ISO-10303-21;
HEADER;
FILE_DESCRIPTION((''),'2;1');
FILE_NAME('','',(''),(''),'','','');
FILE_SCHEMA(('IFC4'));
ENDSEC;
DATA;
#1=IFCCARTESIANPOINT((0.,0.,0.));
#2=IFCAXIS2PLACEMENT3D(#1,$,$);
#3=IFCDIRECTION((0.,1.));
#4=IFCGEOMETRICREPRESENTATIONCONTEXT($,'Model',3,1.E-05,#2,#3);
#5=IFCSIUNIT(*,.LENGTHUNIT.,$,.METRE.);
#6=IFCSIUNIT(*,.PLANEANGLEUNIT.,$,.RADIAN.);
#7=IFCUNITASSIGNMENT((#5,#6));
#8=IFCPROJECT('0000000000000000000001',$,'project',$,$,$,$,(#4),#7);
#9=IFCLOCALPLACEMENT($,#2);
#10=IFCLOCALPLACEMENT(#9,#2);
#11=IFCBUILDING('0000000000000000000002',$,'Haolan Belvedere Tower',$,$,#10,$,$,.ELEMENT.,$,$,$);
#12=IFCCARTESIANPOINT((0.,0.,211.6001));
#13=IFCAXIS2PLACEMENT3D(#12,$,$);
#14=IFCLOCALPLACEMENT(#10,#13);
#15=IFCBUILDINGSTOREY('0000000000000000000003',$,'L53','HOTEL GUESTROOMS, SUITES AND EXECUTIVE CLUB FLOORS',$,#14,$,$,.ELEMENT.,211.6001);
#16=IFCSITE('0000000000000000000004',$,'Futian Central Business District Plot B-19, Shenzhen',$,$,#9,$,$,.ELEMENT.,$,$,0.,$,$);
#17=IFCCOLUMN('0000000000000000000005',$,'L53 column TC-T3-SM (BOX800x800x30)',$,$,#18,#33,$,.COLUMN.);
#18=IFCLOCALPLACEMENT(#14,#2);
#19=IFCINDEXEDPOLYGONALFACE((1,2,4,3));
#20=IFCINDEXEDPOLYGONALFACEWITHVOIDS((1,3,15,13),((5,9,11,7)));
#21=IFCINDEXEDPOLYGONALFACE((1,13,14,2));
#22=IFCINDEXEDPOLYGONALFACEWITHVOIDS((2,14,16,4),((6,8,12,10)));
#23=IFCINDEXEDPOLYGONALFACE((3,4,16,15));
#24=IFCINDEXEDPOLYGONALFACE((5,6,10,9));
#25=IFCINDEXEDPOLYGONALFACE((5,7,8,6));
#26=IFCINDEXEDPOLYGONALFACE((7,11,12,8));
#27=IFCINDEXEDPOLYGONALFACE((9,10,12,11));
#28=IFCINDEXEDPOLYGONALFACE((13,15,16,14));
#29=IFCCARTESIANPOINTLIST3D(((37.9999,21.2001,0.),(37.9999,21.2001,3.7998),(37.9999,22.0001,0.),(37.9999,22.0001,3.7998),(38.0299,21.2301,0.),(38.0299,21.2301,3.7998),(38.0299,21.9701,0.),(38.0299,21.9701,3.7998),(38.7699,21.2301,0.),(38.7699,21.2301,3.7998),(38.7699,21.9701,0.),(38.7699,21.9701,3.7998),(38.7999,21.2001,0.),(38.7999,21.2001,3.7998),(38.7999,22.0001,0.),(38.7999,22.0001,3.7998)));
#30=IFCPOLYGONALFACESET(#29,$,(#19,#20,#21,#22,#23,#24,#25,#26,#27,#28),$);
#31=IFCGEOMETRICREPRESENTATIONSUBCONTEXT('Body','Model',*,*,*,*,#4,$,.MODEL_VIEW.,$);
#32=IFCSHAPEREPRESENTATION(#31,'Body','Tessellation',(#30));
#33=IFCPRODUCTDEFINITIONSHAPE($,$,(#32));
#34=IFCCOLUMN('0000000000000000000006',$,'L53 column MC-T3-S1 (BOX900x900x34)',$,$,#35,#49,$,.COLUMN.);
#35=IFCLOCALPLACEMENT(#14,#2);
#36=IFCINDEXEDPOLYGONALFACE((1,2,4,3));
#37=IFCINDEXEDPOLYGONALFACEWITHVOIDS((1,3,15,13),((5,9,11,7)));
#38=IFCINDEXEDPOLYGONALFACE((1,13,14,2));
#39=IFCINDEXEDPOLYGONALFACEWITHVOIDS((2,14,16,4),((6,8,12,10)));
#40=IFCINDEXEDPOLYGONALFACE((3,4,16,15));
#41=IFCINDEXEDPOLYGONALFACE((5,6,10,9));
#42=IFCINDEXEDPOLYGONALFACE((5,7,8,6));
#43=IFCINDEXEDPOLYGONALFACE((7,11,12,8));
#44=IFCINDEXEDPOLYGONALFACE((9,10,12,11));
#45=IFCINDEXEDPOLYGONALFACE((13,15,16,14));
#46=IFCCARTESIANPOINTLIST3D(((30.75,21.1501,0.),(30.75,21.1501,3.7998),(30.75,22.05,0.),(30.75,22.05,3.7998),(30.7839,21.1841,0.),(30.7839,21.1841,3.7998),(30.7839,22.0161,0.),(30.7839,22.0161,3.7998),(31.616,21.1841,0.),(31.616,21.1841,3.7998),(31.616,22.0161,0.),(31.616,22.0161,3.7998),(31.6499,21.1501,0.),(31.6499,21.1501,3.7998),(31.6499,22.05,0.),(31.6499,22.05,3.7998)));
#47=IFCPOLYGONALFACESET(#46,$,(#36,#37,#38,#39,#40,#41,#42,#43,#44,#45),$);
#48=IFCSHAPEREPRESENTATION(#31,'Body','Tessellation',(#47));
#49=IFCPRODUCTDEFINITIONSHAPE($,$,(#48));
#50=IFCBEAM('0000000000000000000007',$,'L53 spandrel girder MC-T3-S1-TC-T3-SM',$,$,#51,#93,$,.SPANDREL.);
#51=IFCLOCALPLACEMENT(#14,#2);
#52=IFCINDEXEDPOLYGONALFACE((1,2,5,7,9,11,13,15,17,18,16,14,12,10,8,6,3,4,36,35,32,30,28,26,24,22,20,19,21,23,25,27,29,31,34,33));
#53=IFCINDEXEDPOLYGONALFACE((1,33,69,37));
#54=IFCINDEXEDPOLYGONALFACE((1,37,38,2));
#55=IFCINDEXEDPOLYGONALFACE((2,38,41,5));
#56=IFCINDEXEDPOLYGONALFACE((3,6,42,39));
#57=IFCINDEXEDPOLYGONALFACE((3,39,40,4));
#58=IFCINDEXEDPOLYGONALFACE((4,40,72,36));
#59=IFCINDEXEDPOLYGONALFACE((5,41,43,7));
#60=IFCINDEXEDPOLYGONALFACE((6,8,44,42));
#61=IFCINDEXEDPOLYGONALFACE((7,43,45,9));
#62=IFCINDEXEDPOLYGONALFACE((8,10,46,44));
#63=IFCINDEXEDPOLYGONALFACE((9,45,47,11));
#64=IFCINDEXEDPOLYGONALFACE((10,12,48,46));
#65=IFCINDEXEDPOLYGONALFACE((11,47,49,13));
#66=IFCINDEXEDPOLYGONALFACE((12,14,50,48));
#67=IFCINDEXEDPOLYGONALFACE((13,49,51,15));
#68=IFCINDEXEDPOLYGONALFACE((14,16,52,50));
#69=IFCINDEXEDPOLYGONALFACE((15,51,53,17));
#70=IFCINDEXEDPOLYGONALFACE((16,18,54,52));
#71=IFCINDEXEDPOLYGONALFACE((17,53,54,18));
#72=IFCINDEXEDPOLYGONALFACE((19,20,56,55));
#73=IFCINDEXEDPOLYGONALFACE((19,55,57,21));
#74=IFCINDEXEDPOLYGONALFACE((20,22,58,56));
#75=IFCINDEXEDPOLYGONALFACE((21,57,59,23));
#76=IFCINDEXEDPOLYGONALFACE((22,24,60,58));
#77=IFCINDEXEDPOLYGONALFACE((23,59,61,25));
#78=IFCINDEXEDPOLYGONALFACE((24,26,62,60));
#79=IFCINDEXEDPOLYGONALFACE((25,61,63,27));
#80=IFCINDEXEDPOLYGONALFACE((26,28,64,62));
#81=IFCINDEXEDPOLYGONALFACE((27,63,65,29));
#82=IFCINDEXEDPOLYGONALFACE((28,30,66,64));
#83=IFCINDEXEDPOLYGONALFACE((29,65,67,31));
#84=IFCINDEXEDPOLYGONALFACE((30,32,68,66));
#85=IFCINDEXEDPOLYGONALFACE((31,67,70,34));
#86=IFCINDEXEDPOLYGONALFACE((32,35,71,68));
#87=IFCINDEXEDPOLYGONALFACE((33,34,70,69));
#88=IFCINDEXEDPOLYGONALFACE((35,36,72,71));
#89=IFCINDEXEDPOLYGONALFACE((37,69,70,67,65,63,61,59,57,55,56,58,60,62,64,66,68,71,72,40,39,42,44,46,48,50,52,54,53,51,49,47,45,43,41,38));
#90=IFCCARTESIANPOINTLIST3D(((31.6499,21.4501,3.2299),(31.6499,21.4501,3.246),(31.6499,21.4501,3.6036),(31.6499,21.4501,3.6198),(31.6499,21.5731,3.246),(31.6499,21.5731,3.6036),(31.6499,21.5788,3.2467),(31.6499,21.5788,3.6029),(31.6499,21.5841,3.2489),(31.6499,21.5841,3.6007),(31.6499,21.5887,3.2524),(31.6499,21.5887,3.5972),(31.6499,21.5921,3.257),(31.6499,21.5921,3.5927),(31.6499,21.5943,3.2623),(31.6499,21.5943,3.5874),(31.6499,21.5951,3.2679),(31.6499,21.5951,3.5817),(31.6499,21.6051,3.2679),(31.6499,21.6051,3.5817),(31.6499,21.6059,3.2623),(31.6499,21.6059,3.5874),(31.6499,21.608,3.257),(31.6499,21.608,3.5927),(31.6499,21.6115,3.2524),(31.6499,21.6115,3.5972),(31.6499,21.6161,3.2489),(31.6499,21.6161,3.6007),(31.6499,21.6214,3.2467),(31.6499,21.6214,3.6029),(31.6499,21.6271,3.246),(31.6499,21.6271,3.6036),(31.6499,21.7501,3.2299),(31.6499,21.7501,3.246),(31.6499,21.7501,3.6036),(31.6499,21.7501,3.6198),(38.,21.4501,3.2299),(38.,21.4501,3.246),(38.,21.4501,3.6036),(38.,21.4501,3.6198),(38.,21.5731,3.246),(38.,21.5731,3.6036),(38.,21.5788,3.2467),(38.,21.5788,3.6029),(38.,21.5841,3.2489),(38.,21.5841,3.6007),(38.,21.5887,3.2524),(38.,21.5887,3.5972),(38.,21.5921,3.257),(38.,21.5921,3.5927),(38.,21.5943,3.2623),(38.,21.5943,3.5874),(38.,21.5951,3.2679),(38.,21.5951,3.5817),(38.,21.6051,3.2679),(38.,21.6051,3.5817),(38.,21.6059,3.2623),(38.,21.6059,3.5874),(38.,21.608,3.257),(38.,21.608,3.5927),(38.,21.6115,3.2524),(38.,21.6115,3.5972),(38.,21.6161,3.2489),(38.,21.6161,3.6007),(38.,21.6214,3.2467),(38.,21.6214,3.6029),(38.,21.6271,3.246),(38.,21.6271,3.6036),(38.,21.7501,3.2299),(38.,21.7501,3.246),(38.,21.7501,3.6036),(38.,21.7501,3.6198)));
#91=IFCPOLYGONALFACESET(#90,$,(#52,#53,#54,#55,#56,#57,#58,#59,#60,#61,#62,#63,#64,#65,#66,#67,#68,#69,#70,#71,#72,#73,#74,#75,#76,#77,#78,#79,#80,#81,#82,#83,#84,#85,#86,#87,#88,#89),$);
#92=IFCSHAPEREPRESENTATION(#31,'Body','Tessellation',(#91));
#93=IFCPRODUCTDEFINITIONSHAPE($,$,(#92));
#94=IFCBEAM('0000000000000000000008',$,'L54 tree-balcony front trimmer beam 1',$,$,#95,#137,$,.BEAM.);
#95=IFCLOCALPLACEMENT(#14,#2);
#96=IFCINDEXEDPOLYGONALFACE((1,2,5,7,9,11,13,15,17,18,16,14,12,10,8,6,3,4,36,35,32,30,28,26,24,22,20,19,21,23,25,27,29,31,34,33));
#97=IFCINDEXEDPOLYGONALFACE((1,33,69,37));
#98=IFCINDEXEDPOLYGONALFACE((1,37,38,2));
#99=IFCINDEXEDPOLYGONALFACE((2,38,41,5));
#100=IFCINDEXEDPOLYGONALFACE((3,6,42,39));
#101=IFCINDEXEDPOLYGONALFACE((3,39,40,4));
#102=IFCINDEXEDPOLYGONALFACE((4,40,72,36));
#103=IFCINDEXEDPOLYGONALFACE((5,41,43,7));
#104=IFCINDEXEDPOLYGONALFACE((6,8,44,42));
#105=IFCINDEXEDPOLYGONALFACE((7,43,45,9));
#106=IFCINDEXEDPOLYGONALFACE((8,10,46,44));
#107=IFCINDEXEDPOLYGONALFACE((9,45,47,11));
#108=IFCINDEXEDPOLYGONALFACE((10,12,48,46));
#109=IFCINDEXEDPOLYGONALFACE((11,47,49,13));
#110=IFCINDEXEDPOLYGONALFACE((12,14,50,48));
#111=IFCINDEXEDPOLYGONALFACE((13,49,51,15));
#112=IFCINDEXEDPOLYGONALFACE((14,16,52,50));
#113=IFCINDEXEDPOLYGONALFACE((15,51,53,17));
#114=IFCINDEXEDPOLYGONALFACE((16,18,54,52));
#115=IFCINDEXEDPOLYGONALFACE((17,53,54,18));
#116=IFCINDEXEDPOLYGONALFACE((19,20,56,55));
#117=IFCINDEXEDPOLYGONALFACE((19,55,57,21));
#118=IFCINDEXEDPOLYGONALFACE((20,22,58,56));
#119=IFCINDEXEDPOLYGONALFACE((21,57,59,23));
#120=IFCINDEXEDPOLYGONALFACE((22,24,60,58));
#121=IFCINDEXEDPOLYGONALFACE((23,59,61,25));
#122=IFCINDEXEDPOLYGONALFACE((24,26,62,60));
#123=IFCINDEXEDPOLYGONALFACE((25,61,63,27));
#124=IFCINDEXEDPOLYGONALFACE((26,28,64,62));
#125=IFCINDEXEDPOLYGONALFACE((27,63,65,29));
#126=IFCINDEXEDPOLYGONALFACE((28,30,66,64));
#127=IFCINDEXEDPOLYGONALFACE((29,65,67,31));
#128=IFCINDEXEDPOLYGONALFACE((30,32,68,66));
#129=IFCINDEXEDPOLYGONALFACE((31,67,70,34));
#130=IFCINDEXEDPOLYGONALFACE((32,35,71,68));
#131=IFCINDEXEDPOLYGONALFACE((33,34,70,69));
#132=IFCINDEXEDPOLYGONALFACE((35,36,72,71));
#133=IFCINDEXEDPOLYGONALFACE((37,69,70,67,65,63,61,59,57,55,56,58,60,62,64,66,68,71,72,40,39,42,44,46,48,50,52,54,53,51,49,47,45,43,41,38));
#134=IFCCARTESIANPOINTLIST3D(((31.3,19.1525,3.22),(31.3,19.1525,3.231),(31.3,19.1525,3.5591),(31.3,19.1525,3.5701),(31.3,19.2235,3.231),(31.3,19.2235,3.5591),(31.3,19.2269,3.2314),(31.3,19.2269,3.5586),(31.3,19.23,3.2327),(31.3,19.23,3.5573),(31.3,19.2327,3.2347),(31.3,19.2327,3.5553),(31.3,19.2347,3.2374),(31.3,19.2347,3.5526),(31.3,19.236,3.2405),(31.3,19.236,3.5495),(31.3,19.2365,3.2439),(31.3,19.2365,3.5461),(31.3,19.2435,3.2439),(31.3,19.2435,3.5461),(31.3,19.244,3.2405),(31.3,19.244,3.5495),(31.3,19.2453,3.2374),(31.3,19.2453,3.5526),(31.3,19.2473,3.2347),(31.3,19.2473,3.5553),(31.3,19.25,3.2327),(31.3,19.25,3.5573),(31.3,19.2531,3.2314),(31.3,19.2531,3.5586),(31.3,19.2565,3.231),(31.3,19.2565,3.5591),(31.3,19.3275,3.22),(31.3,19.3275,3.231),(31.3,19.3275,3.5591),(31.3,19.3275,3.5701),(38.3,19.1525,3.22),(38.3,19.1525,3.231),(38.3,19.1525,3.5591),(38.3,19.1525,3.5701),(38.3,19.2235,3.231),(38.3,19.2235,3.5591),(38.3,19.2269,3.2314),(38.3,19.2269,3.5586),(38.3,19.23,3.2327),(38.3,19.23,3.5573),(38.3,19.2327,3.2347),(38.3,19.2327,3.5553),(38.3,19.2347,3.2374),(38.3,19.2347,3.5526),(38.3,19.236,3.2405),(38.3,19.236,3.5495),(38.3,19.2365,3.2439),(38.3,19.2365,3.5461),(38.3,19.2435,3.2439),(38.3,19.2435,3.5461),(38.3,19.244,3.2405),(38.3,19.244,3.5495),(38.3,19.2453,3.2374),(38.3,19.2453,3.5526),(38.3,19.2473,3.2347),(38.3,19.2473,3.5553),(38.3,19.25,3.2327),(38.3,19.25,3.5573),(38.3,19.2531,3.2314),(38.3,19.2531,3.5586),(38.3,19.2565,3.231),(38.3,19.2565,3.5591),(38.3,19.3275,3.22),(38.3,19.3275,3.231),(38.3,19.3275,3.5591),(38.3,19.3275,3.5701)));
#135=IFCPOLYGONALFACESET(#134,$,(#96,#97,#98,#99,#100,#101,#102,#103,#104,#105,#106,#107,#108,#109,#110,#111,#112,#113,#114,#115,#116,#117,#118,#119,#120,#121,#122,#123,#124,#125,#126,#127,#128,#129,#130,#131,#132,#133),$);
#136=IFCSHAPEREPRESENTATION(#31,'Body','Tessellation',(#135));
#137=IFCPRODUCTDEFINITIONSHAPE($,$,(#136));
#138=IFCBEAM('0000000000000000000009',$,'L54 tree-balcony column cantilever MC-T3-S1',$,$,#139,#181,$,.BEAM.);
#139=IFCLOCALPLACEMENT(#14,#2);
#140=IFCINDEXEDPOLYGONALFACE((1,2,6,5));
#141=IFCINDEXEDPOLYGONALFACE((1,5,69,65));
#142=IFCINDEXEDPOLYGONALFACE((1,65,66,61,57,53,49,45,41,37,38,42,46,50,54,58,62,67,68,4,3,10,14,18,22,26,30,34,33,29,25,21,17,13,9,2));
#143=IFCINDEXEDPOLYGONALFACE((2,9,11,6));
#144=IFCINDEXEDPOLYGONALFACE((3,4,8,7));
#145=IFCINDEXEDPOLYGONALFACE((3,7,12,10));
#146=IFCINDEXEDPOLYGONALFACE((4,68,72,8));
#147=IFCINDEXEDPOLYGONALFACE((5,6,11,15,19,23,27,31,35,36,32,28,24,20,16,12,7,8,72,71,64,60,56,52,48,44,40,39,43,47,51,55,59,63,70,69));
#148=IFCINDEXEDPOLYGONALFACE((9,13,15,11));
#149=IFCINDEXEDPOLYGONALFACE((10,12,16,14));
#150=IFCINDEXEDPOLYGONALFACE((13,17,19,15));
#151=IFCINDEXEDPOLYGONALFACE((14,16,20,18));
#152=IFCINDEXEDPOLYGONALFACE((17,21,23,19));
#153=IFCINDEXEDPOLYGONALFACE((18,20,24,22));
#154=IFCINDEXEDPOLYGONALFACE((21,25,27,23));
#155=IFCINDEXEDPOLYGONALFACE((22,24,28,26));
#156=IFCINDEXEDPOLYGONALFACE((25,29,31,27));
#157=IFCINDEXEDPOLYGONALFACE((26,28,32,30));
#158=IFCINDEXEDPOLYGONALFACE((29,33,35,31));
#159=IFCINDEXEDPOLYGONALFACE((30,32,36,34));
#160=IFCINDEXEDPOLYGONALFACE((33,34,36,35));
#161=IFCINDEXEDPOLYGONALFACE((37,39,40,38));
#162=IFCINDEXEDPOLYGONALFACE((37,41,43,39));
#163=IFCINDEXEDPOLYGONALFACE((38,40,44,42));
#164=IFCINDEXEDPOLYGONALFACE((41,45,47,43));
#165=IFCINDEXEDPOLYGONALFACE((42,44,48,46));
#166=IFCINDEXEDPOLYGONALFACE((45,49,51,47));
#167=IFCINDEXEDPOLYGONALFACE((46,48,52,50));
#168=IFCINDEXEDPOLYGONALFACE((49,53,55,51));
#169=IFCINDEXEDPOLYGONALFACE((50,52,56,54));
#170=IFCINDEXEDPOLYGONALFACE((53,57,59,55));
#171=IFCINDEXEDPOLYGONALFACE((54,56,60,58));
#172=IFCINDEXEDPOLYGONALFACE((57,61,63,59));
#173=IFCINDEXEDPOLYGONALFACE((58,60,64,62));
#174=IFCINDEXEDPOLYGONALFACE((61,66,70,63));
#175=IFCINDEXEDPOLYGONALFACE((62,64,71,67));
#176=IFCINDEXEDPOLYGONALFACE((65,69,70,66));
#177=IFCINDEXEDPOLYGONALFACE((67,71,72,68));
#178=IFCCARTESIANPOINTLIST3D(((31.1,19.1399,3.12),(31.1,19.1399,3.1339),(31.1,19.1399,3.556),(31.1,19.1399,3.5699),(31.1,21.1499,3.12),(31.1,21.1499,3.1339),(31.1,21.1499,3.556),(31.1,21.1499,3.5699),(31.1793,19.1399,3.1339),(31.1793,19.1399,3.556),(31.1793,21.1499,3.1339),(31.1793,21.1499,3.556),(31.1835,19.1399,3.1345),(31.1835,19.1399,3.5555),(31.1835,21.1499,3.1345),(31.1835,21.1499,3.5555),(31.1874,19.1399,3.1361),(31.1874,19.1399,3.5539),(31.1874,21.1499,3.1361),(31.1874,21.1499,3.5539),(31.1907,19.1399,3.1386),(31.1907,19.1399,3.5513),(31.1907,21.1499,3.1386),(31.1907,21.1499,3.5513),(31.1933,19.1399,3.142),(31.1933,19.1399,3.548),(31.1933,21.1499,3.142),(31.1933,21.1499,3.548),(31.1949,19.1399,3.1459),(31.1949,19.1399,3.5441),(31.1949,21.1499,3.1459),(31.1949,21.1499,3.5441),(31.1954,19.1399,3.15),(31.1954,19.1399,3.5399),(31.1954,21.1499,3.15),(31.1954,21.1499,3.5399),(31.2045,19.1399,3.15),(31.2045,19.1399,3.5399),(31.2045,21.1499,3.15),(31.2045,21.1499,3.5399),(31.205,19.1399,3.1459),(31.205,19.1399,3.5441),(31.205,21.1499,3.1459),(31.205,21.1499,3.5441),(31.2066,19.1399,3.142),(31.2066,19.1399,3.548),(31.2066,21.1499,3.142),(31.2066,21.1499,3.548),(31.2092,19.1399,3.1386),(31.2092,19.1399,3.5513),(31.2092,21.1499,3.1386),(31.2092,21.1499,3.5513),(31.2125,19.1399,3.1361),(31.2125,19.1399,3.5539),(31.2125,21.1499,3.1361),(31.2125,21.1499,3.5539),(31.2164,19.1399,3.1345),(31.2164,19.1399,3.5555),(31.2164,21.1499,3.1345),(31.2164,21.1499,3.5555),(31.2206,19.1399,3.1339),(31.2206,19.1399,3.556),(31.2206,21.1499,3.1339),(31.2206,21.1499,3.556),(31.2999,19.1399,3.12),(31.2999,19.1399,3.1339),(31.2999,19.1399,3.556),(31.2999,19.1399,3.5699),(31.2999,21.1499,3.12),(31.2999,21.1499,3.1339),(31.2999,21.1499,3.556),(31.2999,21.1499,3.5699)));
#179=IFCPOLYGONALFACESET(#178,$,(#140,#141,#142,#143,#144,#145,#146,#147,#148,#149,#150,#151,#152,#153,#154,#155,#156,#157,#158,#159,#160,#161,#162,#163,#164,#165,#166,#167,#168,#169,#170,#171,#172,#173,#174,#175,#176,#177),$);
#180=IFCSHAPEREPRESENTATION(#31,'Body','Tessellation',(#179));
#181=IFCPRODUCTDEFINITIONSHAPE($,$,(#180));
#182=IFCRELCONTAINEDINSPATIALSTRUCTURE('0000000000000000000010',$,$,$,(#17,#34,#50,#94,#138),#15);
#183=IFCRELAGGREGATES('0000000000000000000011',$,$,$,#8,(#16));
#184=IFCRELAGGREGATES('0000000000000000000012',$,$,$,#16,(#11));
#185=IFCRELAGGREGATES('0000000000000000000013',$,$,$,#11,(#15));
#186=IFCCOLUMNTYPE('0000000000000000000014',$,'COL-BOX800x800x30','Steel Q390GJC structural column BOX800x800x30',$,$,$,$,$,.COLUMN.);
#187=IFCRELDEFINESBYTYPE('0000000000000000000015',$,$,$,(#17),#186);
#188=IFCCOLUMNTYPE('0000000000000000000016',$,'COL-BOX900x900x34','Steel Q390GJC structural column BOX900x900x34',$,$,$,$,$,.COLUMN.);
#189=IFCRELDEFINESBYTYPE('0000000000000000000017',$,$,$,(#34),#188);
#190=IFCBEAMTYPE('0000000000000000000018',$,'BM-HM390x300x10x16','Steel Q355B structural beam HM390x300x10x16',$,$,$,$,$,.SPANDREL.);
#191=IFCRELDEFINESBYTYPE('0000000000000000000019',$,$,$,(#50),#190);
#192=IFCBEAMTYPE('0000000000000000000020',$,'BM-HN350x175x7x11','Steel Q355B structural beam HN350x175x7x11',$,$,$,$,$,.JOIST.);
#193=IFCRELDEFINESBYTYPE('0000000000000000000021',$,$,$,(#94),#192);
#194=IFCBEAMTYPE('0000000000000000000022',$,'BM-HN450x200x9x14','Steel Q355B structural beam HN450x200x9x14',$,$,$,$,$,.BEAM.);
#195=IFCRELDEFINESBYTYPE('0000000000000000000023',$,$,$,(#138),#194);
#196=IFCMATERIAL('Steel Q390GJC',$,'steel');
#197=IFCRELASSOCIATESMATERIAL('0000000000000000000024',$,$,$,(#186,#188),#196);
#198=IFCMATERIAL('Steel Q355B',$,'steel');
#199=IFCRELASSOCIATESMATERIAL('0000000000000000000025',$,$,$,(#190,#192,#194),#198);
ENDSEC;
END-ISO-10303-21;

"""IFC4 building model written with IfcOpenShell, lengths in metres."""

from ifc_helpers import new_model, si_unit, direction, frame, origin, origin_2d, place, context, subcontext, project, spatial, hollow_rectangle, i_section, extrude, material, material_profile, profile_set, type_object, element, save


model = new_model("IFC4")

# Units and contexts
model_context = context("Model", 3, precision=1e-05, world=origin(), true_north=direction((0.0, 1.0)))
body_context = subcontext(model_context, "Body", "Model", "MODEL_VIEW")
ifc_project = project(units=[si_unit("LENGTHUNIT", "METRE"), si_unit("PLANEANGLEUNIT", "RADIAN")], contexts=[model_context])

# Site, building, storey
site_placement = place(None, origin())
site = spatial("IfcSite", under=ifc_project, at=site_placement, Name="Futian Central Business District Plot B-19, Shenzhen", CompositionType="ELEMENT", RefElevation=0.0)
building_placement = place(site_placement, origin())
building = spatial("IfcBuilding", under=site, at=building_placement, Name="Haolan Belvedere Tower", CompositionType="ELEMENT")
storey_placement = place(building_placement, frame((0.0, 0.0, 211.6001)))
storey = spatial("IfcBuildingStorey", under=building, at=storey_placement, Name="L53", Description="HOTEL GUESTROOMS, SUITES AND EXECUTIVE CLUB FLOORS", CompositionType="ELEMENT", Elevation=211.6001)

# Columns
ifc_material_1 = material(Name="Steel Q390GJC", Category="steel")
ifc_material_profile_1 = material_profile(ifc_material_1, hollow_rectangle(XDim=0.8, YDim=0.8, WallThickness=0.03, at=origin_2d()), Name="Steel Q390GJC")
ifc_profile_set_1 = profile_set([ifc_material_profile_1], Name="Steel Q390GJC")
column_type_1 = type_object("IfcColumnType", Name="COL-BOX800x800x30", Description="Steel Q390GJC structural column BOX800x800x30", PredefinedType="COLUMN", material=ifc_profile_set_1)
column_1_placement = place(storey_placement, frame((38.3999, 21.6001, 0.0), z_axis=(0.0, 0.0, 1.0), x_axis=(1.0, 0.0, 0.0)))
element("IfcColumn", 1, at=column_1_placement, inside=storey, type_object=column_type_1, Name="L53 column TC-T3-SM (BOX800x800x30)", PredefinedType="COLUMN", context=body_context, shape_type="SweptSolid", body=[
    extrude(hollow_rectangle(XDim=0.8, YDim=0.8, WallThickness=0.03, at=origin_2d()), origin(), (0.0, 0.0, 1.0), 3.7998),
])
ifc_material_profile_2 = material_profile(ifc_material_1, hollow_rectangle(XDim=0.8999, YDim=0.8999, WallThickness=0.0339, at=origin_2d()), Name="Steel Q390GJC")
ifc_profile_set_2 = profile_set([ifc_material_profile_2], Name="Steel Q390GJC")
column_type_2 = type_object("IfcColumnType", Name="COL-BOX900x900x34", Description="Steel Q390GJC structural column BOX900x900x34", PredefinedType="COLUMN", material=ifc_profile_set_2)
column_2_placement = place(storey_placement, frame((31.2, 21.6001, 0.0), z_axis=(0.0, 0.0, 1.0), x_axis=(1.0, 0.0, 0.0)))
element("IfcColumn", 2, at=column_2_placement, inside=storey, type_object=column_type_2, Name="L53 column MC-T3-S1 (BOX900x900x34)", PredefinedType="COLUMN", context=body_context, shape_type="SweptSolid", body=[
    extrude(hollow_rectangle(XDim=0.8999, YDim=0.8999, WallThickness=0.0339, at=origin_2d()), origin(), (0.0, 0.0, 1.0), 3.7998),
])

# Beams
ifc_material_2 = material(Name="Steel Q355B", Category="steel")
ifc_material_profile_3 = material_profile(ifc_material_2, i_section(OverallWidth=0.3, OverallDepth=0.3899, WebThickness=0.01, FlangeThickness=0.0161, FilletRadius=0.022, at=origin_2d()), Name="Steel Q355B")
ifc_profile_set_3 = profile_set([ifc_material_profile_3], Name="Steel Q355B")
beam_type_1 = type_object("IfcBeamType", Name="BM-HM390x300x10x16", Description="Steel Q355B structural beam HM390x300x10x16", PredefinedType="SPANDREL", material=ifc_profile_set_3)
beam_1_placement = place(storey_placement, frame((31.6499, 21.6001, 3.4248), z_axis=(1.0, 0.0, 0.0), x_axis=(0.0, 1.0, 0.0)))
element("IfcBeam", 3, at=beam_1_placement, inside=storey, type_object=beam_type_1, Name="L53 spandrel girder MC-T3-S1-TC-T3-SM", PredefinedType="SPANDREL", context=body_context, shape_type="SweptSolid", body=[
    extrude(i_section(OverallWidth=0.3, OverallDepth=0.3899, WebThickness=0.01, FlangeThickness=0.0161, FilletRadius=0.022, at=origin_2d()), origin(), (0.0, 0.0, 1.0), 6.3501),
])
ifc_material_profile_4 = material_profile(ifc_material_2, i_section(OverallWidth=0.175, OverallDepth=0.3501, WebThickness=0.0071, FlangeThickness=0.011, FilletRadius=0.0129, at=origin_2d()), Name="Steel Q355B")
ifc_profile_set_4 = profile_set([ifc_material_profile_4], Name="Steel Q355B")
beam_type_2 = type_object("IfcBeamType", Name="BM-HN350x175x7x11", Description="Steel Q355B structural beam HN350x175x7x11", PredefinedType="JOIST", material=ifc_profile_set_4)
beam_2_placement = place(storey_placement, frame((31.3, 19.24, 3.395), z_axis=(1.0, 0.0, 0.0), x_axis=(0.0, 1.0, 0.0)))
element("IfcBeam", 4, at=beam_2_placement, inside=storey, type_object=beam_type_2, Name="L54 tree-balcony front trimmer beam 1", PredefinedType="BEAM", context=body_context, shape_type="SweptSolid", body=[
    extrude(i_section(OverallWidth=0.175, OverallDepth=0.3501, WebThickness=0.0071, FlangeThickness=0.011, FilletRadius=0.0129, at=origin_2d()), origin(), (0.0, 0.0, 1.0), 7.0),
])
ifc_material_profile_5 = material_profile(ifc_material_2, i_section(OverallWidth=0.2, OverallDepth=0.45, WebThickness=0.009, FlangeThickness=0.0139, FilletRadius=0.0161, at=origin_2d()), Name="Steel Q355B")
ifc_profile_set_5 = profile_set([ifc_material_profile_5], Name="Steel Q355B")
beam_type_3 = type_object("IfcBeamType", Name="BM-HN450x200x9x14", Description="Steel Q355B structural beam HN450x200x9x14", PredefinedType="BEAM", material=ifc_profile_set_5)
beam_3_placement = place(storey_placement, frame((31.2, 21.1499, 3.345), z_axis=(0.0, -1.0, 0.0), x_axis=(1.0, 0.0, 0.0)))
element("IfcBeam", 5, at=beam_3_placement, inside=storey, type_object=beam_type_3, Name="L54 tree-balcony column cantilever MC-T3-S1", PredefinedType="BEAM", context=body_context, shape_type="SweptSolid", body=[
    extrude(i_section(OverallWidth=0.2, OverallDepth=0.45, WebThickness=0.009, FlangeThickness=0.0139, FilletRadius=0.0161, at=origin_2d()), origin(), (0.0, 0.0, 1.0), 2.01),
])

save(model, "model.ifc")
